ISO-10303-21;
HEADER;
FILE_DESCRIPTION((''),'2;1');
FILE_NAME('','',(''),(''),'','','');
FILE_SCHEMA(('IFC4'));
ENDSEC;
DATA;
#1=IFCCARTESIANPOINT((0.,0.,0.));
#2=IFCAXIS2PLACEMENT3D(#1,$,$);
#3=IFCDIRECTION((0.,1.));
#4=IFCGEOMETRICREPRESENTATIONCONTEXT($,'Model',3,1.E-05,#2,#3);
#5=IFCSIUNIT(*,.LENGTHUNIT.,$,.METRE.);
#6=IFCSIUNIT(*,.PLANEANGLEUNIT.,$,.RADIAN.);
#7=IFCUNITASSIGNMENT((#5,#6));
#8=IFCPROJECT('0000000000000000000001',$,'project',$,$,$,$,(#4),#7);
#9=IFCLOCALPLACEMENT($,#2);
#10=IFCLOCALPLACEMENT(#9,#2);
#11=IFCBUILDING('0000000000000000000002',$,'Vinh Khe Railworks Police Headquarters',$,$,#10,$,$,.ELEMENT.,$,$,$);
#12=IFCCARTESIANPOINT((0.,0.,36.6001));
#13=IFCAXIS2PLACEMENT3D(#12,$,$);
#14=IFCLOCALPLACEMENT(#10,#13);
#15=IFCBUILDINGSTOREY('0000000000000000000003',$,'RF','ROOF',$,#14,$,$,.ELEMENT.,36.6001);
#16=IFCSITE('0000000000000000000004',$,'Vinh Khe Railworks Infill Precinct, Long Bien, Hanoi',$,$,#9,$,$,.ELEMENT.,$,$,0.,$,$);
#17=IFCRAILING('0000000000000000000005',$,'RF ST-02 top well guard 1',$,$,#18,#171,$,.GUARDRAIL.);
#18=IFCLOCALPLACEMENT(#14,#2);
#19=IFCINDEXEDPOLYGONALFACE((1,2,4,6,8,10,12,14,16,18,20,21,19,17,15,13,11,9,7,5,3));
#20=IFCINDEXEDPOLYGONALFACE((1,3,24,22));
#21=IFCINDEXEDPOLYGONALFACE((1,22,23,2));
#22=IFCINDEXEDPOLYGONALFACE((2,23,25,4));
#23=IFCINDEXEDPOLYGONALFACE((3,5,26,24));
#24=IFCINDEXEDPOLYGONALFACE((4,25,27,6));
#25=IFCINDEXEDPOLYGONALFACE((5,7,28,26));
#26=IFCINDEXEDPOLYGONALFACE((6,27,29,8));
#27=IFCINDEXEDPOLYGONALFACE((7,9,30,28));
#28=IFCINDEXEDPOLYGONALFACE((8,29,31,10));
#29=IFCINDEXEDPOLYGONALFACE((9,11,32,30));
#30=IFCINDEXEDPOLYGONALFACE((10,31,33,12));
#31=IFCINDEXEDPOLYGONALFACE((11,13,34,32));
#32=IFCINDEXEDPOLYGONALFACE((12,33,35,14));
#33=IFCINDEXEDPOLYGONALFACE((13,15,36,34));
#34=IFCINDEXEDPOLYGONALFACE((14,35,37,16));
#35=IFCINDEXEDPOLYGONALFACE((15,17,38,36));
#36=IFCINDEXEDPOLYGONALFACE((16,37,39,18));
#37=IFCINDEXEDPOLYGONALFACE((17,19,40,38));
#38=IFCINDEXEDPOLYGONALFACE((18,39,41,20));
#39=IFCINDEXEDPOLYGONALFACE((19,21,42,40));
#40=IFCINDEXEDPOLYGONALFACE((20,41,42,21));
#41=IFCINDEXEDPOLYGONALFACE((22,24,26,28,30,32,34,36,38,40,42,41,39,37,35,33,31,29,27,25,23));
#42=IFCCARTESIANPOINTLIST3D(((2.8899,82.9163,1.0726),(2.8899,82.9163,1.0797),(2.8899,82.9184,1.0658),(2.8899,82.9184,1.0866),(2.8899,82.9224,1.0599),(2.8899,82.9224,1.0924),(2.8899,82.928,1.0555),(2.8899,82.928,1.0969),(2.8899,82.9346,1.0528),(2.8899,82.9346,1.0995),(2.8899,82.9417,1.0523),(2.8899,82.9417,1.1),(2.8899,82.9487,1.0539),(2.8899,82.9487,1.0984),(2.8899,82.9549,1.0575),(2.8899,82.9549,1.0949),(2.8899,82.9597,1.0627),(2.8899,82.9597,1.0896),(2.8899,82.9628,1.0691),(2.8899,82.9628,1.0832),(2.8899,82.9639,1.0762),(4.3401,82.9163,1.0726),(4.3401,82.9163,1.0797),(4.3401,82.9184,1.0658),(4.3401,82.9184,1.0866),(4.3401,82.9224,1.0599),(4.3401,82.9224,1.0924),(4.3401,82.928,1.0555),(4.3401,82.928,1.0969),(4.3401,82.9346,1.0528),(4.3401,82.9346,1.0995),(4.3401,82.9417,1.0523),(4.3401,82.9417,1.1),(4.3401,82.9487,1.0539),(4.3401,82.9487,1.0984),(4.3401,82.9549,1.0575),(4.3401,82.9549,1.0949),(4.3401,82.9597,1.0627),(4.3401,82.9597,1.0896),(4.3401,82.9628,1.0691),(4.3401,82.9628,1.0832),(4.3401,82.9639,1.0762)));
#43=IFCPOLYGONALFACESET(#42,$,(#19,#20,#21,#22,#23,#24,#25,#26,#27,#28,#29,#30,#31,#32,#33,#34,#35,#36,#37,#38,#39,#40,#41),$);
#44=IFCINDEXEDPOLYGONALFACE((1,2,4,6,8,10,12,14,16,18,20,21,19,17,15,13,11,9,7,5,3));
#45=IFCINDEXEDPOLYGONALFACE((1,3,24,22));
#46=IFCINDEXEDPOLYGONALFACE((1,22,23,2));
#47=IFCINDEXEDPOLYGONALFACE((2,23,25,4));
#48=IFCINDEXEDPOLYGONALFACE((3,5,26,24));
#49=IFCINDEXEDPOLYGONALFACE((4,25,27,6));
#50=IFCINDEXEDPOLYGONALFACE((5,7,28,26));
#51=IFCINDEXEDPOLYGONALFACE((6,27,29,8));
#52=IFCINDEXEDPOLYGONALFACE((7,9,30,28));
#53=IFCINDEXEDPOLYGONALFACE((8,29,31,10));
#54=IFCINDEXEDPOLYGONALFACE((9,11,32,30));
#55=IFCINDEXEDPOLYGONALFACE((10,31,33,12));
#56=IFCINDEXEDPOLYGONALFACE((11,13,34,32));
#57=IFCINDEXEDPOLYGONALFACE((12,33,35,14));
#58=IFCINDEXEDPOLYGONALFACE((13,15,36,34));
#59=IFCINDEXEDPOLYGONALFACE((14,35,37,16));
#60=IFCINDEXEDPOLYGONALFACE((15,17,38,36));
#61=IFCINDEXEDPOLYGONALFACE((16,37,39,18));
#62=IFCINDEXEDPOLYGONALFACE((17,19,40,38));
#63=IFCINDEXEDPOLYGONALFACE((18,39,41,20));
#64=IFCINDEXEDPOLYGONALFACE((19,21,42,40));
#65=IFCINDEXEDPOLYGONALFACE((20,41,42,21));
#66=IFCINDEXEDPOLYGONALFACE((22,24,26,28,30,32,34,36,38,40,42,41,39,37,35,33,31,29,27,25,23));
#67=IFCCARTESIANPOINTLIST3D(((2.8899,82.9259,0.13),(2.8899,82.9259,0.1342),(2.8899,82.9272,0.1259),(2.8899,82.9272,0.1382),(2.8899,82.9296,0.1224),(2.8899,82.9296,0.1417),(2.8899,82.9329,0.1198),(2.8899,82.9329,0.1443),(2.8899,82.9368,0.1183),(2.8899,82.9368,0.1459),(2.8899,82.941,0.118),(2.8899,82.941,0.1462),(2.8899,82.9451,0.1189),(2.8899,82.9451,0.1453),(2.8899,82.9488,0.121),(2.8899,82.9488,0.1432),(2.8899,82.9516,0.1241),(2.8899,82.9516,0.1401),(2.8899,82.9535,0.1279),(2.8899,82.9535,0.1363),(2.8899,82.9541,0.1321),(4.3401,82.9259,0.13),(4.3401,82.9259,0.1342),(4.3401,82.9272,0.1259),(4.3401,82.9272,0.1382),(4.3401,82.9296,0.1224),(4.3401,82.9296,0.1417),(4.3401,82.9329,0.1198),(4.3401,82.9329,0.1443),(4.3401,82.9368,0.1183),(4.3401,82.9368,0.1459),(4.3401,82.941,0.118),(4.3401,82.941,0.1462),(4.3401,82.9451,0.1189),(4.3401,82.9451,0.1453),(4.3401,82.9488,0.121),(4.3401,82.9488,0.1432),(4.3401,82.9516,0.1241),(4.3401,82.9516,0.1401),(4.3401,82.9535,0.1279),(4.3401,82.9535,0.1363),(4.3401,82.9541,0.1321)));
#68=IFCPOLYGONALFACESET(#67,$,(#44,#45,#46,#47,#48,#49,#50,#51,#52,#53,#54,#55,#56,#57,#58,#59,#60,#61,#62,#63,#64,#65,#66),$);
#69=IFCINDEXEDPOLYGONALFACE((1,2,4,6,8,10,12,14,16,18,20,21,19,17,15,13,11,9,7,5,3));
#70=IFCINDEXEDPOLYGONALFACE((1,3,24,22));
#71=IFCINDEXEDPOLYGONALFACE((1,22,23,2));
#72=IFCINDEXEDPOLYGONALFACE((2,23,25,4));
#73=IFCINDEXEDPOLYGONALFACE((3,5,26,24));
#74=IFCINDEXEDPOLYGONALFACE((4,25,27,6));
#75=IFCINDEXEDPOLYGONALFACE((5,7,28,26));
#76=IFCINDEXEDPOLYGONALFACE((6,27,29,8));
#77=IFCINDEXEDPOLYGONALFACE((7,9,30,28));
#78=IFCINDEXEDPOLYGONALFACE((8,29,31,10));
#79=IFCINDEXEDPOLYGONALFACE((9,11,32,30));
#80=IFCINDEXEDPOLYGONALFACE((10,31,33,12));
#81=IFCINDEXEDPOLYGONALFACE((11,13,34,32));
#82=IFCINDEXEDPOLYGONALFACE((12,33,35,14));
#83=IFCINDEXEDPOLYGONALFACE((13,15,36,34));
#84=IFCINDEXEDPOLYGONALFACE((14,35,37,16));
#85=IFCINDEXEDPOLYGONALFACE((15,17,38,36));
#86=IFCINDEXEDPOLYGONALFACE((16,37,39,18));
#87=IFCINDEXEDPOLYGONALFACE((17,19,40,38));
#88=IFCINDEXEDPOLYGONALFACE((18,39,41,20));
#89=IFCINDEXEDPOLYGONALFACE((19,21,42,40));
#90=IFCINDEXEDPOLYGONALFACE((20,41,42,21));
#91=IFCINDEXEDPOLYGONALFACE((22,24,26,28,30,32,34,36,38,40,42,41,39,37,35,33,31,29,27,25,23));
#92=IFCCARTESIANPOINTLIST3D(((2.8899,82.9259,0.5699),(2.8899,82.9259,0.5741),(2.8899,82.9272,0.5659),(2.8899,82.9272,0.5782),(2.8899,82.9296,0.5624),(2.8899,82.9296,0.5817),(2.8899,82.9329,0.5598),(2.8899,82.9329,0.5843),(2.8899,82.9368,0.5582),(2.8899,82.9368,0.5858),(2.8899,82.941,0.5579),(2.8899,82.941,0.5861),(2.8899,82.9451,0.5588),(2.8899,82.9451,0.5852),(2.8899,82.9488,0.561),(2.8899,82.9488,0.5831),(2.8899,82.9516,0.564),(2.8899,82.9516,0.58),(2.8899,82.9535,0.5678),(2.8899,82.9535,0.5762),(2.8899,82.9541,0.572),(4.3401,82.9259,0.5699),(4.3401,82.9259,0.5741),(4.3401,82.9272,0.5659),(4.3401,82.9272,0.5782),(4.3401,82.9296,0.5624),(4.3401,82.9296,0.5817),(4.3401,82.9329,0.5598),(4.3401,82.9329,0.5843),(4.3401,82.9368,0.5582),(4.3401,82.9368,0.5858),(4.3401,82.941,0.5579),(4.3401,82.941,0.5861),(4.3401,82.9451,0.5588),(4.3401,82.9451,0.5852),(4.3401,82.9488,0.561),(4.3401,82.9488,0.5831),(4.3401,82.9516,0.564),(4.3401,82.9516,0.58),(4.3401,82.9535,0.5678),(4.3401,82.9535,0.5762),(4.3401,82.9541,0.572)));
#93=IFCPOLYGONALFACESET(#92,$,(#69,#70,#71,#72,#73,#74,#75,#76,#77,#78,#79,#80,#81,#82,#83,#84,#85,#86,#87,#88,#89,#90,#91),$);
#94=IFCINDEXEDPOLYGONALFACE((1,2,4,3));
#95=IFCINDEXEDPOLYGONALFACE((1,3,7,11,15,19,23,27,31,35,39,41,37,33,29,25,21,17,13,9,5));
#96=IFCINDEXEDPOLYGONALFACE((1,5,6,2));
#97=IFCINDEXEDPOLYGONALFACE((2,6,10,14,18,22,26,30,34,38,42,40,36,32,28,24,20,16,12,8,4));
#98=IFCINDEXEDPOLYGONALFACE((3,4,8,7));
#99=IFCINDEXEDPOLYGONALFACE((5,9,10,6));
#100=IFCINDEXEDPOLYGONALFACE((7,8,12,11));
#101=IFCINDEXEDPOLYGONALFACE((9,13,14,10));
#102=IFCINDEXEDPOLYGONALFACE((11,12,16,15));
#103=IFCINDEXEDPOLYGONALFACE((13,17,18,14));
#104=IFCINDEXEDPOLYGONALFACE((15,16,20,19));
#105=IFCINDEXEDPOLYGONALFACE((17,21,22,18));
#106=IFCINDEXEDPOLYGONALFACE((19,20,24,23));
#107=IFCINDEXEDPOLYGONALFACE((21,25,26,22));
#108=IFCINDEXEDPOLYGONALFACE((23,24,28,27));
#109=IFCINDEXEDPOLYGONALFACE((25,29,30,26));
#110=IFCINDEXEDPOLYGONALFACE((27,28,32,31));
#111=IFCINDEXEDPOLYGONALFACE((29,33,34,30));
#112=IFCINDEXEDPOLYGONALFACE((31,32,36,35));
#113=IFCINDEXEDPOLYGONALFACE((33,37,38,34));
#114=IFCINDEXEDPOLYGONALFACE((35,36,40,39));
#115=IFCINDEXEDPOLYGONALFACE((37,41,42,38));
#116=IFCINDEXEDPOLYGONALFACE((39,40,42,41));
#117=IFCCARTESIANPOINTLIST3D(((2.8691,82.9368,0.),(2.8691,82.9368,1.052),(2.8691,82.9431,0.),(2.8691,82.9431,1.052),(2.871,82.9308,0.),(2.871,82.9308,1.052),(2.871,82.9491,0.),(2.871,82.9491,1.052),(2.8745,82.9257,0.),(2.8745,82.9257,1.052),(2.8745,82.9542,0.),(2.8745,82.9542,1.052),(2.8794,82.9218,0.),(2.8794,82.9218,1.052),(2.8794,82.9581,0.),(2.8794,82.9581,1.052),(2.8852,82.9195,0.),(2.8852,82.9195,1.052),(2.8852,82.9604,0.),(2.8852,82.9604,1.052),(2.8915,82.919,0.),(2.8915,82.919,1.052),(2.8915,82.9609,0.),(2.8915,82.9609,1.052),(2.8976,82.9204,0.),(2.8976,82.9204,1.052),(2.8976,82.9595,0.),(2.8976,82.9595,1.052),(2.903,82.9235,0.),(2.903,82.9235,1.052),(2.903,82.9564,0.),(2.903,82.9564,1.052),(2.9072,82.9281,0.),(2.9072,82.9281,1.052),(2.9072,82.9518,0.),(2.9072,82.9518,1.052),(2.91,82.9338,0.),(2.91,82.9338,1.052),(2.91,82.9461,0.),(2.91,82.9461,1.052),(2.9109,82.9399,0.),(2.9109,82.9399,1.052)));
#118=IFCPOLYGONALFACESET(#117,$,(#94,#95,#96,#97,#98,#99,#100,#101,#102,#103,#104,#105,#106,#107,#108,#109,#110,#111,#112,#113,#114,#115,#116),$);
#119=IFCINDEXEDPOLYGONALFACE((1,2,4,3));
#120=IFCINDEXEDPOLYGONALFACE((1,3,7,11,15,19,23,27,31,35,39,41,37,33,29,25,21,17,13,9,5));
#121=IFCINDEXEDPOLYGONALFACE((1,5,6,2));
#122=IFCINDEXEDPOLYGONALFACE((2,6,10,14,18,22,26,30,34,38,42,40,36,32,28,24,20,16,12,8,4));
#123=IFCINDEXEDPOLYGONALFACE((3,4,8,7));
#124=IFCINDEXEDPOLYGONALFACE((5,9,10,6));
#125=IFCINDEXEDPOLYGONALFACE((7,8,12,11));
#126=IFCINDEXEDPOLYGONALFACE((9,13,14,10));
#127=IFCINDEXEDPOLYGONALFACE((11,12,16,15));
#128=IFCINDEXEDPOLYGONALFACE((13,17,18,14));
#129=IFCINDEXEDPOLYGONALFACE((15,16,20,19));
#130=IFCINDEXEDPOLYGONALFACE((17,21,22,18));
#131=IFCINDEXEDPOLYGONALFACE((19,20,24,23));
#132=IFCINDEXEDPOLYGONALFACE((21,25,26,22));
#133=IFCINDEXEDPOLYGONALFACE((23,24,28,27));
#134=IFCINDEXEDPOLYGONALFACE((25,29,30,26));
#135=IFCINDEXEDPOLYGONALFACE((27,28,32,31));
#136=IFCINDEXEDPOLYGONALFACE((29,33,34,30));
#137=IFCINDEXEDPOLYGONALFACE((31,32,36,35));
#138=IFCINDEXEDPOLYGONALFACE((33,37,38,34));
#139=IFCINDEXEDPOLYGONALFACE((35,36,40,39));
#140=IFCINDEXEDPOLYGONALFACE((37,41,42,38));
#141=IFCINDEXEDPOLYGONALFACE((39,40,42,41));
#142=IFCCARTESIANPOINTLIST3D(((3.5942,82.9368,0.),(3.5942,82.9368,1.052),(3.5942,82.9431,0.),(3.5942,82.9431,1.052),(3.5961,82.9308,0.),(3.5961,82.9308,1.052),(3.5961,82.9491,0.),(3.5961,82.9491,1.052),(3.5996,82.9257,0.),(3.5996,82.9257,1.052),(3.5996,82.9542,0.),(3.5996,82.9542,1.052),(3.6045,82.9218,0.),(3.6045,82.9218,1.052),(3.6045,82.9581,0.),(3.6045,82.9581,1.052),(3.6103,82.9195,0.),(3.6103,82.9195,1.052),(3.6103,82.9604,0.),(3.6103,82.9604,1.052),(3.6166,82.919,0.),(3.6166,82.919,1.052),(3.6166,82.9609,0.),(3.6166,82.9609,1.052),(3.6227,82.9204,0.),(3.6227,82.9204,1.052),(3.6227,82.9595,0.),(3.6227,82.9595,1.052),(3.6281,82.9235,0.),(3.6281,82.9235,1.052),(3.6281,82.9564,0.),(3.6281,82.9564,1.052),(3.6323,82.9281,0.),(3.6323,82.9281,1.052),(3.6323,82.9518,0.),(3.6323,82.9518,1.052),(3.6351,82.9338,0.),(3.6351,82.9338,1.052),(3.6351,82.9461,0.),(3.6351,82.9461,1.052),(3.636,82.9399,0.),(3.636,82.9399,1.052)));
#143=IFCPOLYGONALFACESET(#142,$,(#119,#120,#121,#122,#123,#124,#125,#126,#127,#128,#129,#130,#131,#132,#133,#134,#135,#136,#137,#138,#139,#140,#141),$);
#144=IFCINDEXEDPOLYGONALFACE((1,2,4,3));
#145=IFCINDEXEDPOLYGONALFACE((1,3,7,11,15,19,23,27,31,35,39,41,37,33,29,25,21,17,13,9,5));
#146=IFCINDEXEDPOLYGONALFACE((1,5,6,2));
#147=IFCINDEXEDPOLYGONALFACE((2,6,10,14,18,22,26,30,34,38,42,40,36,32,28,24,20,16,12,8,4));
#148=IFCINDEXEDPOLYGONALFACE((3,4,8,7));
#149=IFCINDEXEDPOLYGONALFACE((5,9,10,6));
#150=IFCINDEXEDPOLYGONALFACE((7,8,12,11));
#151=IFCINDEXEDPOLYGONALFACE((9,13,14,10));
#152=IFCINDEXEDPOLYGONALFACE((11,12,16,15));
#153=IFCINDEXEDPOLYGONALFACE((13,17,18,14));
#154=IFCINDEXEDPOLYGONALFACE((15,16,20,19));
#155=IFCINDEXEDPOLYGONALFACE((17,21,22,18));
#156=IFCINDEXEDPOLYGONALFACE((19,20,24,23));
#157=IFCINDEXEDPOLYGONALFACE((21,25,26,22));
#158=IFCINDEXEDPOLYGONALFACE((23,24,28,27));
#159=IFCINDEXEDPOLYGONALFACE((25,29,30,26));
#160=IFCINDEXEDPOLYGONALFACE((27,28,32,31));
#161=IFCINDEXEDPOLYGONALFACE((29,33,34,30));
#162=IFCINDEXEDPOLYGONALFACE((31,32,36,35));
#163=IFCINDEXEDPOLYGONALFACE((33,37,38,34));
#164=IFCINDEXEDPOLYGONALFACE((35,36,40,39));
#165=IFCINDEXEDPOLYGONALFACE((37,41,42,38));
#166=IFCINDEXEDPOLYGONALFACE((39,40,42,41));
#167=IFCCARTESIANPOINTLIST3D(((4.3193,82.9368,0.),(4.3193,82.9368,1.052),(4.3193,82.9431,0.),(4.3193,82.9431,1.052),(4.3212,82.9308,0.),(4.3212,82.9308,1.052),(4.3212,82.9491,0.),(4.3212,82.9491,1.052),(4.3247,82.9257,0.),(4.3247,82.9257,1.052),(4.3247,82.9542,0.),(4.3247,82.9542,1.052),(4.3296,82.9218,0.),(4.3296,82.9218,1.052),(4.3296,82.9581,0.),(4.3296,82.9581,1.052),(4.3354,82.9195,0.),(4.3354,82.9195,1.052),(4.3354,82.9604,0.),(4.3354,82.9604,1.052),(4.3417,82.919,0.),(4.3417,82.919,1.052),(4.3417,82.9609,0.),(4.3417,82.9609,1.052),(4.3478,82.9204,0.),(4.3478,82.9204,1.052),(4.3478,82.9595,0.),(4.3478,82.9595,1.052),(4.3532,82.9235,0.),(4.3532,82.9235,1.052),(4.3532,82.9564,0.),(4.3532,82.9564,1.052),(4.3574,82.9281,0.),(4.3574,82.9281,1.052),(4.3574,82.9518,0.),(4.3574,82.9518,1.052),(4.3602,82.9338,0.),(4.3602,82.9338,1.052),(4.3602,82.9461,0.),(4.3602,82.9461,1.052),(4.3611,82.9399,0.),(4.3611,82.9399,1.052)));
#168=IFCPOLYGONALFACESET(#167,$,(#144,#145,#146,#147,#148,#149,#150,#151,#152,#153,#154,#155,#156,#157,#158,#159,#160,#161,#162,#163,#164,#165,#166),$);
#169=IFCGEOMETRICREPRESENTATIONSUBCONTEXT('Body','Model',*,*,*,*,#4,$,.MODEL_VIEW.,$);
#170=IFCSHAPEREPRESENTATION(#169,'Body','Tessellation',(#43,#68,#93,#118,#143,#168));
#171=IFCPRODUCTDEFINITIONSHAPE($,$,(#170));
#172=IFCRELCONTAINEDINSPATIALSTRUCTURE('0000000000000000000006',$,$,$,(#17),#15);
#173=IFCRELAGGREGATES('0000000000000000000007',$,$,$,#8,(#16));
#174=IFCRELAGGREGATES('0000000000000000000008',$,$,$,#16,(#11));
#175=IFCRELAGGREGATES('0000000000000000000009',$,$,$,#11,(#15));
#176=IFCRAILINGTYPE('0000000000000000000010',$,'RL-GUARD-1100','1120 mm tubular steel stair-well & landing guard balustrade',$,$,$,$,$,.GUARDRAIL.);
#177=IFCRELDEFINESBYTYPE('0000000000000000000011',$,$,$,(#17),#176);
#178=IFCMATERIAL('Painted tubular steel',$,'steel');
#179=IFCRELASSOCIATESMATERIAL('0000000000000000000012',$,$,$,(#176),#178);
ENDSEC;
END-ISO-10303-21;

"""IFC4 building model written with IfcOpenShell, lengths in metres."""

from ifc_helpers import new_model, si_unit, direction, frame, origin, origin_2d, place, context, subcontext, project, spatial, circle, extrude, material, type_object, element, save


model = new_model("IFC4")

# Units and contexts
model_context = context("Model", 3, precision=1e-05, world=origin(), true_north=direction((0.0, 1.0)))
body_context = subcontext(model_context, "Body", "Model", "MODEL_VIEW")
ifc_project = project(units=[si_unit("LENGTHUNIT", "METRE"), si_unit("PLANEANGLEUNIT", "RADIAN")], contexts=[model_context])

# Site, building, storey
site_placement = place(None, origin())
site = spatial("IfcSite", under=ifc_project, at=site_placement, Name="Vinh Khe Railworks Infill Precinct, Long Bien, Hanoi", CompositionType="ELEMENT", RefElevation=0.0)
building_placement = place(site_placement, origin())
building = spatial("IfcBuilding", under=site, at=building_placement, Name="Vinh Khe Railworks Police Headquarters", CompositionType="ELEMENT")
storey_placement = place(building_placement, frame((0.0, 0.0, 36.6001)))
storey = spatial("IfcBuildingStorey", under=building, at=storey_placement, Name="RF", Description="ROOF", CompositionType="ELEMENT", Elevation=36.6001)

# Railing
ifc_material_1 = material(Name="Painted tubular steel", Category="steel")
railing_type = type_object("IfcRailingType", Name="RL-GUARD-1100", Description="1120 mm tubular steel stair-well & landing guard balustrade", PredefinedType="GUARDRAIL", material=ifc_material_1)
railing_placement = place(storey_placement, frame((2.8899, 82.9399, 0.0)))
element("IfcRailing", 1, at=railing_placement, inside=storey, type_object=railing_type, Name="RF ST-02 top well guard 1", PredefinedType="GUARDRAIL", context=body_context, shape_type="SweptSolid", body=[
    extrude(circle(Radius=0.0239, at=origin_2d()), frame((0.0, 0.0, 1.0762), z_axis=(1.0, 0.0, 0.0), x_axis=(0.0, 1.0, 0.0)), (0.0, 0.0, 1.0), 1.4502),
    extrude(circle(Radius=0.0142, at=origin_2d()), frame((0.0, 0.0, 0.1321), z_axis=(1.0, 0.0, 0.0), x_axis=(0.0, 1.0, 0.0)), (0.0, 0.0, 1.0), 1.4502),
    extrude(circle(Radius=0.0142, at=origin_2d()), frame((0.0, 0.0, 0.572), z_axis=(1.0, 0.0, 0.0), x_axis=(0.0, 1.0, 0.0)), (0.0, 0.0, 1.0), 1.4502),
    extrude(circle(Radius=0.021, at=origin_2d()), origin(), (0.0, 0.0, 1.0), 1.052),
    extrude(circle(Radius=0.021, at=origin_2d()), frame((0.7251, 0.0, 0.0)), (0.0, 0.0, 1.0), 1.052),
    extrude(circle(Radius=0.021, at=origin_2d()), frame((1.4502, 0.0, 0.0)), (0.0, 0.0, 1.0), 1.052),
])

save(model, "model.ifc")
